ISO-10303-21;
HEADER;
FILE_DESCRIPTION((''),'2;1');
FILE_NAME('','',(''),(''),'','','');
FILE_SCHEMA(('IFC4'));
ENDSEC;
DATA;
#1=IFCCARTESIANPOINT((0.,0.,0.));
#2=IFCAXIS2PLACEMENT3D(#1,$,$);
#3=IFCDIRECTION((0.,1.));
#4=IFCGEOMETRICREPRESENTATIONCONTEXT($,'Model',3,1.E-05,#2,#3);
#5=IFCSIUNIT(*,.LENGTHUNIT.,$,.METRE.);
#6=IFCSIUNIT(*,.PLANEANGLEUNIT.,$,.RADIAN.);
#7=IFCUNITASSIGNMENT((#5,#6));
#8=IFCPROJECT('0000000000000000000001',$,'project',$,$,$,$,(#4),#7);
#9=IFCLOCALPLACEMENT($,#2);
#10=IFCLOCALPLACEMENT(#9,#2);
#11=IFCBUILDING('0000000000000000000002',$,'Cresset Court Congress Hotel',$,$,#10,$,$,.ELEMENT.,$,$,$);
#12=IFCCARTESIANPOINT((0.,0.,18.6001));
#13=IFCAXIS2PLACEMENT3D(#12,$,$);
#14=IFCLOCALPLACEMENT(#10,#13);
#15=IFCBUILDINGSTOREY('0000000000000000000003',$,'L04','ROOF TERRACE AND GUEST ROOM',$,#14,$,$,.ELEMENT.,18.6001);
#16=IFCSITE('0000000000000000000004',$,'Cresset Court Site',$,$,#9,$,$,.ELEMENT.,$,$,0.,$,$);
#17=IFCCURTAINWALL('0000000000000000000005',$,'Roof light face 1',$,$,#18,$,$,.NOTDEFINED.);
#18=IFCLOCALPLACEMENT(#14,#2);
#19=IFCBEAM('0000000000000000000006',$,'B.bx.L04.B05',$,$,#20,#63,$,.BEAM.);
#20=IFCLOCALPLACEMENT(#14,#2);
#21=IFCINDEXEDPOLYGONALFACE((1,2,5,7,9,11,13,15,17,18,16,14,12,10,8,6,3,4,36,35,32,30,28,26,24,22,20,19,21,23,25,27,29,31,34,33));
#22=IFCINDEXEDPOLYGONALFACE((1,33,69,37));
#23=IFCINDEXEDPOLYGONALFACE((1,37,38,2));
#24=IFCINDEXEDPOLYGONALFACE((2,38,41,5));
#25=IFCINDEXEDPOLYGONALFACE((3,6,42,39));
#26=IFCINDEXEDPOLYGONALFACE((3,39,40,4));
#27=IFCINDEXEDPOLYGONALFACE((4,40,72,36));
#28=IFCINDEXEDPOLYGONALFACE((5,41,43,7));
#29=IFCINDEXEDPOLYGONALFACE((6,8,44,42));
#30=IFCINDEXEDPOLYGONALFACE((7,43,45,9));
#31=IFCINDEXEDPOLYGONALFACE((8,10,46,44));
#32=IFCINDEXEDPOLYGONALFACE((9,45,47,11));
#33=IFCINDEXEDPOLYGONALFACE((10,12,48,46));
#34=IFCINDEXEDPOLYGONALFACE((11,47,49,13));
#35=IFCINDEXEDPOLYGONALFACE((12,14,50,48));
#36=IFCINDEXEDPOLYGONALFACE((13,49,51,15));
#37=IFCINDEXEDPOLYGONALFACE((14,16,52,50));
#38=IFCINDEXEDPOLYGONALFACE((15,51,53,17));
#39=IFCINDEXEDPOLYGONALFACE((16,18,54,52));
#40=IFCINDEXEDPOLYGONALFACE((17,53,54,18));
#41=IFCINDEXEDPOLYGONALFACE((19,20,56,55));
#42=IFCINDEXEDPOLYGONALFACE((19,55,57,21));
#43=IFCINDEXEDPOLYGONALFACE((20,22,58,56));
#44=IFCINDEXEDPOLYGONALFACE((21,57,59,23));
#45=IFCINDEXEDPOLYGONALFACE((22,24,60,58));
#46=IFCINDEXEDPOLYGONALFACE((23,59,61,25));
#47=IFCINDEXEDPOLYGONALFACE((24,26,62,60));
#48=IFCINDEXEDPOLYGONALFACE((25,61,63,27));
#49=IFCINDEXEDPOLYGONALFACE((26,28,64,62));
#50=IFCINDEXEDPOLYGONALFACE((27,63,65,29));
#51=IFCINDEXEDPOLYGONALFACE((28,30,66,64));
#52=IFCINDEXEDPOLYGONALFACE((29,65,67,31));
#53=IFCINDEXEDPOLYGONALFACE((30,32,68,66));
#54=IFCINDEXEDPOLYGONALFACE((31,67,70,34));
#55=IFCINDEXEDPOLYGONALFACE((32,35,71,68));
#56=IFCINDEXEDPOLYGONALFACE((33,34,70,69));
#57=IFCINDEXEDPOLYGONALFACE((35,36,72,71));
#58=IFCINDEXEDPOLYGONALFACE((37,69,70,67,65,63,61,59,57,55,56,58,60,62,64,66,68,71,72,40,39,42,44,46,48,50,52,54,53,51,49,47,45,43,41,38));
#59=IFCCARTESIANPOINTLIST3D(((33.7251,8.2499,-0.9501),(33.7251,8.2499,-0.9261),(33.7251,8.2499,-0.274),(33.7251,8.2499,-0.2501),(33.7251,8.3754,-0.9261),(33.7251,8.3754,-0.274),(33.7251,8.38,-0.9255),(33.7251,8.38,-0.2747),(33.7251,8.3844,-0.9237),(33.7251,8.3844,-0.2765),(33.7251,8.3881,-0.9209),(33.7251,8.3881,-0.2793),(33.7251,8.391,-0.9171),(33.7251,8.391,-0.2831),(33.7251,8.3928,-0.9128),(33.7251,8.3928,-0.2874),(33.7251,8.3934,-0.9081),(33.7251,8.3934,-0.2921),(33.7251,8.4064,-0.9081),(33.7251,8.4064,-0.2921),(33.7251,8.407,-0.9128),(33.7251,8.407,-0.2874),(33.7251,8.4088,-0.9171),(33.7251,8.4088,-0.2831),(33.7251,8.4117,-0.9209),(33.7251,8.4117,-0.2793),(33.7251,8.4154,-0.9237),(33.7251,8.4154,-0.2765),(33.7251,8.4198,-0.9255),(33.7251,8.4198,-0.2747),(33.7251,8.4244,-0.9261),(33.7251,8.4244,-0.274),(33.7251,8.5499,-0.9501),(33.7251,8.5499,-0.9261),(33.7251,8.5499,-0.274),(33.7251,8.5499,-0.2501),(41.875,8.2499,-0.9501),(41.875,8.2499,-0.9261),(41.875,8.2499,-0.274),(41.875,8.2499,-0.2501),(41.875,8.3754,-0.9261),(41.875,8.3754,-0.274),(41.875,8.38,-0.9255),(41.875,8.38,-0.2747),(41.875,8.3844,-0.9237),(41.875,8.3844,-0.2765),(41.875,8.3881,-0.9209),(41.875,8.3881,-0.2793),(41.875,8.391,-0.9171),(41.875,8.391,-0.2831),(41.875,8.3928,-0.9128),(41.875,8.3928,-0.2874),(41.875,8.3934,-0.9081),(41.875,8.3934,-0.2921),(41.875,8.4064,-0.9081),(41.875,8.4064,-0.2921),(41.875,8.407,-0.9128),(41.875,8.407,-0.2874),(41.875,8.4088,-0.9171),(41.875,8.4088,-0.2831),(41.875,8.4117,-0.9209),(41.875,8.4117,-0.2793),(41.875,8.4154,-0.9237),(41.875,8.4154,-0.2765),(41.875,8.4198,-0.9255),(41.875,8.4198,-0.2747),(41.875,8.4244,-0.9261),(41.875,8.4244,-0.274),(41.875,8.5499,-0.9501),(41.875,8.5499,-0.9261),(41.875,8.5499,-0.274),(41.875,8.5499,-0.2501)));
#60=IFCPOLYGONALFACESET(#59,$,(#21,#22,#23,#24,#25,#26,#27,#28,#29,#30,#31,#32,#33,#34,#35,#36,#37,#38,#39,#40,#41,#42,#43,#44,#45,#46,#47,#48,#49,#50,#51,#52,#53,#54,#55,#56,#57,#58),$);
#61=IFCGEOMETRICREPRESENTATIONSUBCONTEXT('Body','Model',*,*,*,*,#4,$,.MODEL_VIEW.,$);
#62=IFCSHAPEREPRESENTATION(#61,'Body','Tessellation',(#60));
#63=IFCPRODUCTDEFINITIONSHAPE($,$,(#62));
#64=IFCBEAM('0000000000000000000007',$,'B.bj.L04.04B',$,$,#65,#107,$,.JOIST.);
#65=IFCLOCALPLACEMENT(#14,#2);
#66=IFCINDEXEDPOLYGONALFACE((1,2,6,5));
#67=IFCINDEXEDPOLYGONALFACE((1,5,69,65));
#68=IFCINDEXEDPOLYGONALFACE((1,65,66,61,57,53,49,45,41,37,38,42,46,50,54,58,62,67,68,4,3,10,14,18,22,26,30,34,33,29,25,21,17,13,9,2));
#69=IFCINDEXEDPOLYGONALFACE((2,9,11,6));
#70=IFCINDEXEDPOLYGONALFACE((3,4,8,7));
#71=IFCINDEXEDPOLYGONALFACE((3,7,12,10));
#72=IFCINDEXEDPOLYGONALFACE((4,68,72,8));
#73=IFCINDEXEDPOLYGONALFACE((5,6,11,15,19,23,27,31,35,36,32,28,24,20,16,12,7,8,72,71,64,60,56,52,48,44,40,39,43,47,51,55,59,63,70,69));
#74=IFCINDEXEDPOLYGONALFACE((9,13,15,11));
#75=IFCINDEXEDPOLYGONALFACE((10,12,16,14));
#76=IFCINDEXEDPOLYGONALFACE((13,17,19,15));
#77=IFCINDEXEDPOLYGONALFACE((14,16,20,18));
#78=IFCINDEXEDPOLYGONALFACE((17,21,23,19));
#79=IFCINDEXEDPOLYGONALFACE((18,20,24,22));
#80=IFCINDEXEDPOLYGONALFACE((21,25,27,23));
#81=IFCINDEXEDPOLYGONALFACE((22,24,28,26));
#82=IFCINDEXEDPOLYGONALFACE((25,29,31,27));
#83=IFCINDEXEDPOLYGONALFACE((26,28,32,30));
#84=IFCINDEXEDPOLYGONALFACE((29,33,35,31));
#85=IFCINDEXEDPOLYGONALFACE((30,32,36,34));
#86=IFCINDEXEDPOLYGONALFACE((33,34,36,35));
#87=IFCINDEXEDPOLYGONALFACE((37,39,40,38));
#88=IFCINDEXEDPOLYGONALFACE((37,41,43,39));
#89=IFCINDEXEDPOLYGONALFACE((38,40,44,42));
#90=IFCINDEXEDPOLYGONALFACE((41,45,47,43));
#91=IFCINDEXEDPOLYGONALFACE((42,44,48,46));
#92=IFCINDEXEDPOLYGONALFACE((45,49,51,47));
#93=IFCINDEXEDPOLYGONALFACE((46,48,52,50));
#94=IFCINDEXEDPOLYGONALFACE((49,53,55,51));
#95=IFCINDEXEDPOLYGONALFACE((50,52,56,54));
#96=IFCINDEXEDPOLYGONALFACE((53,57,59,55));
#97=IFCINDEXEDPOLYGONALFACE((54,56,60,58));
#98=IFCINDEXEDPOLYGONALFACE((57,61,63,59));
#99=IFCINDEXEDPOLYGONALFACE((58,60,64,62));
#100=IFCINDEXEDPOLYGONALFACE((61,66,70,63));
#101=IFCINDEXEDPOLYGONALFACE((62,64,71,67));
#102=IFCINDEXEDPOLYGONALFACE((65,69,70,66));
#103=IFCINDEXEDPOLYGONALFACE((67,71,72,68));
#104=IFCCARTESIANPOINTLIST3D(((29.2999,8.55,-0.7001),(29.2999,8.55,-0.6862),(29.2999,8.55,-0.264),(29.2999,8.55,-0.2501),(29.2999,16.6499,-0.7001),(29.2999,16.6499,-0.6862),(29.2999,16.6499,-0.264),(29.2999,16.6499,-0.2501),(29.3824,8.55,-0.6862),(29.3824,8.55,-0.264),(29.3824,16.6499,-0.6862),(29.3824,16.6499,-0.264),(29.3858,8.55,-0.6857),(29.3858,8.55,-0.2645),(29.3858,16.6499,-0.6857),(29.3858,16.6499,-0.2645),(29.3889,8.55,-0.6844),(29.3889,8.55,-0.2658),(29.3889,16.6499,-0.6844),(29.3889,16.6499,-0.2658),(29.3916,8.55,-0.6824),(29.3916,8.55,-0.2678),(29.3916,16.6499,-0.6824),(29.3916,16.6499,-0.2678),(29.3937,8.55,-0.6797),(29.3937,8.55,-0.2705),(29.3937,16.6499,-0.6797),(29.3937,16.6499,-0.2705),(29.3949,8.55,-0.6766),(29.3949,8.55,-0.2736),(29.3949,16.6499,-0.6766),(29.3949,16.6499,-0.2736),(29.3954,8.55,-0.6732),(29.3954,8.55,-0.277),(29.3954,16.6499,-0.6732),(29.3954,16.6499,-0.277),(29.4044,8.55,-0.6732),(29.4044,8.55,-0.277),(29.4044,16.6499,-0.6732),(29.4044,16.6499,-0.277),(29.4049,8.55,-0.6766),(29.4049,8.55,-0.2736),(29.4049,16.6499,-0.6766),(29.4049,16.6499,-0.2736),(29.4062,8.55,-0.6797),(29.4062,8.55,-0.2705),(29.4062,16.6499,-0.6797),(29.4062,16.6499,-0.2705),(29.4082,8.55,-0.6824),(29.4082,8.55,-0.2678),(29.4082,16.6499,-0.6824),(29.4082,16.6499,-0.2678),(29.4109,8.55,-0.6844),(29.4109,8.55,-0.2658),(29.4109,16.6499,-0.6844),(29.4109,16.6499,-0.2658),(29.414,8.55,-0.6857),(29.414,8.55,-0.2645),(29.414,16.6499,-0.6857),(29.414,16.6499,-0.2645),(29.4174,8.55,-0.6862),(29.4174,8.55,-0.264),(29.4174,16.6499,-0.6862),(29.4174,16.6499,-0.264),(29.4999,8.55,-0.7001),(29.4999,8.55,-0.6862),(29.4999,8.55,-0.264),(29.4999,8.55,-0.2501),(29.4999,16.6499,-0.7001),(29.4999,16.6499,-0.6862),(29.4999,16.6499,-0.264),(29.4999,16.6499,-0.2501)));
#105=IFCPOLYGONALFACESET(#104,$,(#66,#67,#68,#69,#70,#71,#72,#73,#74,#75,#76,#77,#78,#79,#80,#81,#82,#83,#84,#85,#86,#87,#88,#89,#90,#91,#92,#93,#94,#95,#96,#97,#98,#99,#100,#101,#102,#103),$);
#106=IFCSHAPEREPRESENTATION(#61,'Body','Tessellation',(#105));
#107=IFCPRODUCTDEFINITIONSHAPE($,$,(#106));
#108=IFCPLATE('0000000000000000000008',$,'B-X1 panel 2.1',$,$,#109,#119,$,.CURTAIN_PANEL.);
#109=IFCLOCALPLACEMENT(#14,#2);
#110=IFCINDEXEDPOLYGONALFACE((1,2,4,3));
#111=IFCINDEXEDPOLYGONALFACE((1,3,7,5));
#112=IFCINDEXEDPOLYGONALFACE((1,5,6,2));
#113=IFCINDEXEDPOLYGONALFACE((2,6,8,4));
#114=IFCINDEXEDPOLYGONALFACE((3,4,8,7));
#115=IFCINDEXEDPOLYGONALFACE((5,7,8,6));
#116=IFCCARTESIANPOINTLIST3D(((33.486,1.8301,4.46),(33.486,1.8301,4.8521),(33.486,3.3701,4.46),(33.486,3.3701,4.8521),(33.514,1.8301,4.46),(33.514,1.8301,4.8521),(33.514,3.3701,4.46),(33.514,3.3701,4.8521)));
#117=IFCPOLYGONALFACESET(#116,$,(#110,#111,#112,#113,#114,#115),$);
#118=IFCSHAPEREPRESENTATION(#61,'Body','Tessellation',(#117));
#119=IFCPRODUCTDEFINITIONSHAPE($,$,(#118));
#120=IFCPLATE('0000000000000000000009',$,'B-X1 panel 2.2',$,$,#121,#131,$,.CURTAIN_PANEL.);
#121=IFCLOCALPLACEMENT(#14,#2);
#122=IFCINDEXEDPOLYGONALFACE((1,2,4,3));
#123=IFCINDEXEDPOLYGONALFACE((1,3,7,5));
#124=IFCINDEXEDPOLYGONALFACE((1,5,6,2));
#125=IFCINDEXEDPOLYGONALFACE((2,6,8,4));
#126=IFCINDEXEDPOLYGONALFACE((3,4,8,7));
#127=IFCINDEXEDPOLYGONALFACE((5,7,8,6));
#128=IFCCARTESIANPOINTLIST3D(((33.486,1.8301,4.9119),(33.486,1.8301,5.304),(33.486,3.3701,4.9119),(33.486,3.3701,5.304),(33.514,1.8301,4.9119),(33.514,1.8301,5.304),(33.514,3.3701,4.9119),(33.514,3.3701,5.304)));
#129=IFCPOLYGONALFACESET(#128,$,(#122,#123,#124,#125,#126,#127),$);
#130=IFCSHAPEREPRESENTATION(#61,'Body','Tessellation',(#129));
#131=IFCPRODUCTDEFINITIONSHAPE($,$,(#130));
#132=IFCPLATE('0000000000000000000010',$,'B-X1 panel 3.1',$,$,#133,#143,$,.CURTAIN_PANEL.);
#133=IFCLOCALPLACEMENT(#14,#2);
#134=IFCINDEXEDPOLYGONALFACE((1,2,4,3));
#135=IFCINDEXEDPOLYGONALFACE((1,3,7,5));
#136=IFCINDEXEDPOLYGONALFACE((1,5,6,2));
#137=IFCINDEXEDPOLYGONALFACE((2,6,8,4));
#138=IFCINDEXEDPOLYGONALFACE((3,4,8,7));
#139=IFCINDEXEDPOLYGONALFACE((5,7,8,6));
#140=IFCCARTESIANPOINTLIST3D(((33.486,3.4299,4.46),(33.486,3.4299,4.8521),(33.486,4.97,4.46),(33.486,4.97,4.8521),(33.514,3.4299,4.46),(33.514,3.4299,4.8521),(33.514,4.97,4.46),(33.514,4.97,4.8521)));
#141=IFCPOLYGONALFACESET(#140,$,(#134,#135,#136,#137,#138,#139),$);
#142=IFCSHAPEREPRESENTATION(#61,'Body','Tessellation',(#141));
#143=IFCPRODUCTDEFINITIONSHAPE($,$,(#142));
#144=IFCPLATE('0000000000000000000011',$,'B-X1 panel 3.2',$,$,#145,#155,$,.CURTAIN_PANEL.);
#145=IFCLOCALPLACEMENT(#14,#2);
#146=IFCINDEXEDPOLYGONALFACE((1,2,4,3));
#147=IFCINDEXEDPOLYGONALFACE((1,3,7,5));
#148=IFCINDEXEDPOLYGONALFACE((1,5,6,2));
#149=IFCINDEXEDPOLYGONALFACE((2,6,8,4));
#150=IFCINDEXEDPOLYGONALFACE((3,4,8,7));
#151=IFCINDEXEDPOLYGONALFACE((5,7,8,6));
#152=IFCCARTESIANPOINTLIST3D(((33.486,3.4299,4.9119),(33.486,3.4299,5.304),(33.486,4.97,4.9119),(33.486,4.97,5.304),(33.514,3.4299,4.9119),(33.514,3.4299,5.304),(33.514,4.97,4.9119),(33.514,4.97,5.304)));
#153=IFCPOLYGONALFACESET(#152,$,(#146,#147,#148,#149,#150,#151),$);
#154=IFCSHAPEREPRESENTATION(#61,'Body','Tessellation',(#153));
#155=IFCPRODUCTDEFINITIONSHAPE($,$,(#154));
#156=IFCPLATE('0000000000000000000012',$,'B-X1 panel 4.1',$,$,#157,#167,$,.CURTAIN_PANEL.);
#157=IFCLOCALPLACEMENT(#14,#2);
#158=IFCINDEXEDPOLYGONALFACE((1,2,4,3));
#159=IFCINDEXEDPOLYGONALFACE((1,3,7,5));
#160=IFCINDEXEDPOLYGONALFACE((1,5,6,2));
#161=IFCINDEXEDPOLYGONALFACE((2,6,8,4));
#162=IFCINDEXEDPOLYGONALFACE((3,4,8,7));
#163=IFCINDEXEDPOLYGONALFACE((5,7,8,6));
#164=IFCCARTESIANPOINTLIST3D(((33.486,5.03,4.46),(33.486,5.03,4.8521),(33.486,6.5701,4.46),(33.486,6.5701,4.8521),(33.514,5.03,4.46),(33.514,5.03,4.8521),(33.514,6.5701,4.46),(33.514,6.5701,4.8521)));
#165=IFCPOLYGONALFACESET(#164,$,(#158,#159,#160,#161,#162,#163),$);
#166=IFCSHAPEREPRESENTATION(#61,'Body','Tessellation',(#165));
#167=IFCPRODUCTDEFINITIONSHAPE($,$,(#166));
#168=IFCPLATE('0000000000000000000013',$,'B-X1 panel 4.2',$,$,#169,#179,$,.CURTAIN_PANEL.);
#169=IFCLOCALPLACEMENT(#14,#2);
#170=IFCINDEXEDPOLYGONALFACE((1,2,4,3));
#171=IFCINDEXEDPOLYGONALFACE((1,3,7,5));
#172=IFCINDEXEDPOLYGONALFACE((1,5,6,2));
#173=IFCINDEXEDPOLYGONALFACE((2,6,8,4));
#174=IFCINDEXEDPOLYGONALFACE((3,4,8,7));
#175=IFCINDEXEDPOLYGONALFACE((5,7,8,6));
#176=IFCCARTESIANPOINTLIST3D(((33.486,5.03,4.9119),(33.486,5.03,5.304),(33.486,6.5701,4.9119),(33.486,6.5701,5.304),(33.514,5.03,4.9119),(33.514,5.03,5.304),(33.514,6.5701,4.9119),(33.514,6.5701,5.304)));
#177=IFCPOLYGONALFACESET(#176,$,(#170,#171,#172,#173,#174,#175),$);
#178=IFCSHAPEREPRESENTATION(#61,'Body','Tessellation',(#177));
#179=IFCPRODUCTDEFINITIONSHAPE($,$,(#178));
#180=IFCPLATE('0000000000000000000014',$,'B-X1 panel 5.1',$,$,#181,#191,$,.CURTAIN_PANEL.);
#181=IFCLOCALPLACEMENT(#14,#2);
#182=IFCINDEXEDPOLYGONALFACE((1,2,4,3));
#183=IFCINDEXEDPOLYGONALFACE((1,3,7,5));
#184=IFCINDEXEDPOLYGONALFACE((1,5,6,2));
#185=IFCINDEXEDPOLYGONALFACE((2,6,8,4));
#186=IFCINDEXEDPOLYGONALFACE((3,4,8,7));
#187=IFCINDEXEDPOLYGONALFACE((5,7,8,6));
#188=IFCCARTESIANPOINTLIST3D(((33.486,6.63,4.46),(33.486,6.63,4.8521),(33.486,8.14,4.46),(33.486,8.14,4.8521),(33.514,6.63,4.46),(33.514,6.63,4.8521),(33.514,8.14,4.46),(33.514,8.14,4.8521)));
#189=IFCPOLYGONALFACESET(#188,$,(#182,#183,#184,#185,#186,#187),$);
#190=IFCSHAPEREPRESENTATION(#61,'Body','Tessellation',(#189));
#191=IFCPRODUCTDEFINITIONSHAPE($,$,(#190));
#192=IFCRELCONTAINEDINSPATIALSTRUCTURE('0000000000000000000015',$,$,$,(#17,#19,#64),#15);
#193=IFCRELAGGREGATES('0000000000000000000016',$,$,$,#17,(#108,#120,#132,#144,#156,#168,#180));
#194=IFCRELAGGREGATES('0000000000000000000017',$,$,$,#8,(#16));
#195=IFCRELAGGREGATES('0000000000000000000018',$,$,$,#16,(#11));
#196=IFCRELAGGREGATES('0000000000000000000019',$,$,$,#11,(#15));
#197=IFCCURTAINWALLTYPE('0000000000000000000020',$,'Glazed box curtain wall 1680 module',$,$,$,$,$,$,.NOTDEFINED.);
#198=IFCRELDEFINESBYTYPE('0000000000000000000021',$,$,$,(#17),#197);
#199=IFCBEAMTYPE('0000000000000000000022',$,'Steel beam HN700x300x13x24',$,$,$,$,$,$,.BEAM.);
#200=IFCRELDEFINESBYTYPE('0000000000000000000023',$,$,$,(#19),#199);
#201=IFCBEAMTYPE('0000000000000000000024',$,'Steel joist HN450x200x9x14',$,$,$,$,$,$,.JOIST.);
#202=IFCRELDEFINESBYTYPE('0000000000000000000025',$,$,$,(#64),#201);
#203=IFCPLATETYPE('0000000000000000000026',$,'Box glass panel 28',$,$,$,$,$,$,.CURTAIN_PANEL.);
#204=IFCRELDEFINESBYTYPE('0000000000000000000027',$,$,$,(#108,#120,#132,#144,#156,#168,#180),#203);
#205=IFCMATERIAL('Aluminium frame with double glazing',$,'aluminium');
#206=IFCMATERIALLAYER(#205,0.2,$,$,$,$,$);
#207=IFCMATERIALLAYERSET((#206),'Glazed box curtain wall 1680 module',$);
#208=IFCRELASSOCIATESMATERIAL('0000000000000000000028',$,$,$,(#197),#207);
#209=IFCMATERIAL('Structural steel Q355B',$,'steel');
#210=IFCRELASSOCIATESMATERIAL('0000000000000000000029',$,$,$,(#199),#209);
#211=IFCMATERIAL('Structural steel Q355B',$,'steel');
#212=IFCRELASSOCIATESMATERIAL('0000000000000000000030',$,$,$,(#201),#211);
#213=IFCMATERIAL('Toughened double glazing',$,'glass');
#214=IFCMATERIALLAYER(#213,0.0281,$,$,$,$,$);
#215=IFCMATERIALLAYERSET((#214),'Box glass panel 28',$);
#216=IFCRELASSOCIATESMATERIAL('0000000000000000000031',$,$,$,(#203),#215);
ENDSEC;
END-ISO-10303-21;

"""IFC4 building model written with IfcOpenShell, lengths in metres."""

from ifc_helpers import new_model, si_unit, direction, frame, origin, origin_2d, place, context, subcontext, project, spatial, rectangle, i_section, extrude, material, layer, layer_set, material_profile, profile_set, type_object, element, aggregate, save


model = new_model("IFC4")

# Units and contexts
model_context = context("Model", 3, precision=1e-05, world=origin(), true_north=direction((0.0, 1.0)))
body_context = subcontext(model_context, "Body", "Model", "MODEL_VIEW")
ifc_project = project(units=[si_unit("LENGTHUNIT", "METRE"), si_unit("PLANEANGLEUNIT", "RADIAN")], contexts=[model_context])

# Site, building, storey
site_placement = place(None, origin())
site = spatial("IfcSite", under=ifc_project, at=site_placement, Name="Cresset Court Site", CompositionType="ELEMENT", RefElevation=0.0)
building_placement = place(site_placement, origin())
building = spatial("IfcBuilding", under=site, at=building_placement, Name="Cresset Court Congress Hotel", CompositionType="ELEMENT")
storey_placement = place(building_placement, frame((0.0, 0.0, 18.6001)))
storey = spatial("IfcBuildingStorey", under=building, at=storey_placement, Name="L04", Description="ROOF TERRACE AND GUEST ROOM", CompositionType="ELEMENT", Elevation=18.6001)

# Curtain wall
ifc_material_1 = material(Name="Aluminium frame with double glazing", Category="aluminium")
ifc_layer_1 = layer(ifc_material_1, 0.2)
ifc_layer_set_1 = layer_set([ifc_layer_1], Name="Glazed box curtain wall 1680 module")
curtain_wall_type = type_object("IfcCurtainWallType", Name="Glazed box curtain wall 1680 module", PredefinedType="NOTDEFINED", material=ifc_layer_set_1)
curtain_wall_placement = place(storey_placement, origin())
curtain_wall = element("IfcCurtainWall", 1, at=curtain_wall_placement, inside=storey, type_object=curtain_wall_type, Name="Roof light face 1", PredefinedType="NOTDEFINED")

# Beams
ifc_material_2 = material(Name="Structural steel Q355B", Category="steel")
ifc_material_profile_1 = material_profile(ifc_material_2, i_section(OverallWidth=0.3, OverallDepth=0.7, WebThickness=0.0129, FlangeThickness=0.0239, FilletRadius=0.0181, at=origin_2d()), Name="HN700x300x13x24")
ifc_profile_set_1 = profile_set([ifc_material_profile_1], Name="Structural steel Q355B")
beam_type_1 = type_object("IfcBeamType", Name="Steel beam HN700x300x13x24", PredefinedType="BEAM", material=ifc_profile_set_1)
beam_1_placement = place(storey_placement, frame((33.7251, 8.3999, -0.6001), z_axis=(1.0, 0.0, 0.0), x_axis=(0.0, 1.0, 0.0)))
element("IfcBeam", 2, at=beam_1_placement, inside=storey, type_object=beam_type_1, Name="B.bx.L04.B05", PredefinedType="BEAM", context=body_context, shape_type="SweptSolid", body=[
    extrude(i_section(OverallWidth=0.3, OverallDepth=0.7, WebThickness=0.0129, FlangeThickness=0.0239, FilletRadius=0.0181, at=origin_2d()), origin(), (0.0, 0.0, 1.0), 8.1499),
])
ifc_material_3 = material(Name="Structural steel Q355B", Category="steel")
ifc_material_profile_2 = material_profile(ifc_material_3, i_section(OverallWidth=0.2, OverallDepth=0.45, WebThickness=0.009, FlangeThickness=0.0139, FilletRadius=0.0129, at=origin_2d()), Name="HN450x200x9x14")
ifc_profile_set_2 = profile_set([ifc_material_profile_2], Name="Structural steel Q355B")
beam_type_2 = type_object("IfcBeamType", Name="Steel joist HN450x200x9x14", PredefinedType="JOIST", material=ifc_profile_set_2)
beam_2_placement = place(storey_placement, frame((29.3999, 8.55, -0.4751), z_axis=(0.0, 1.0, 0.0), x_axis=(-1.0, 0.0, 0.0)))
element("IfcBeam", 3, at=beam_2_placement, inside=storey, type_object=beam_type_2, Name="B.bj.L04.04B", PredefinedType="JOIST", context=body_context, shape_type="SweptSolid", body=[
    extrude(i_section(OverallWidth=0.2, OverallDepth=0.45, WebThickness=0.009, FlangeThickness=0.0139, FilletRadius=0.0129, at=origin_2d()), origin(), (0.0, 0.0, 1.0), 8.0999),
])

# Plates
ifc_material_4 = material(Name="Toughened double glazing", Category="glass")
ifc_layer_2 = layer(ifc_material_4, 0.0281)
ifc_layer_set_2 = layer_set([ifc_layer_2], Name="Box glass panel 28")
plate_type_1 = type_object("IfcPlateType", Name="Box glass panel 28", PredefinedType="CURTAIN_PANEL", material=ifc_layer_set_2)
plate_1_placement = place(storey_placement, frame((33.5, 2.6001, 4.46), z_axis=(0.0, 0.0, 1.0), x_axis=(0.0, 1.0, 0.0)))
plate_1 = element("IfcPlate", 4, at=plate_1_placement, type_object=plate_type_1, Name="B-X1 panel 2.1", PredefinedType="CURTAIN_PANEL", context=body_context, shape_type="SweptSolid", body=[
    extrude(rectangle(XDim=1.54, YDim=0.0281, at=origin_2d()), origin(), (0.0, 0.0, 1.0), 0.3921),
])
plate_2_placement = place(storey_placement, frame((33.5, 2.6001, 4.9119), z_axis=(0.0, 0.0, 1.0), x_axis=(0.0, 1.0, 0.0)))
plate_2 = element("IfcPlate", 5, at=plate_2_placement, type_object=plate_type_1, Name="B-X1 panel 2.2", PredefinedType="CURTAIN_PANEL", context=body_context, shape_type="SweptSolid", body=[
    extrude(rectangle(XDim=1.54, YDim=0.0281, at=origin_2d()), origin(), (0.0, 0.0, 1.0), 0.3921),
])
plate_3_placement = place(storey_placement, frame((33.5, 4.2, 4.46), z_axis=(0.0, 0.0, 1.0), x_axis=(0.0, 1.0, 0.0)))
plate_3 = element("IfcPlate", 6, at=plate_3_placement, type_object=plate_type_1, Name="B-X1 panel 3.1", PredefinedType="CURTAIN_PANEL", context=body_context, shape_type="SweptSolid", body=[
    extrude(rectangle(XDim=1.54, YDim=0.0281, at=origin_2d()), origin(), (0.0, 0.0, 1.0), 0.3921),
])
plate_4_placement = place(storey_placement, frame((33.5, 4.2, 4.9119), z_axis=(0.0, 0.0, 1.0), x_axis=(0.0, 1.0, 0.0)))
plate_4 = element("IfcPlate", 7, at=plate_4_placement, type_object=plate_type_1, Name="B-X1 panel 3.2", PredefinedType="CURTAIN_PANEL", context=body_context, shape_type="SweptSolid", body=[
    extrude(rectangle(XDim=1.54, YDim=0.0281, at=origin_2d()), origin(), (0.0, 0.0, 1.0), 0.3921),
])
plate_5_placement = place(storey_placement, frame((33.5, 5.8, 4.46), z_axis=(0.0, 0.0, 1.0), x_axis=(0.0, 1.0, 0.0)))
plate_5 = element("IfcPlate", 8, at=plate_5_placement, type_object=plate_type_1, Name="B-X1 panel 4.1", PredefinedType="CURTAIN_PANEL", context=body_context, shape_type="SweptSolid", body=[
    extrude(rectangle(XDim=1.54, YDim=0.0281, at=origin_2d()), origin(), (0.0, 0.0, 1.0), 0.3921),
])
plate_6_placement = place(storey_placement, frame((33.5, 5.8, 4.9119), z_axis=(0.0, 0.0, 1.0), x_axis=(0.0, 1.0, 0.0)))
plate_6 = element("IfcPlate", 9, at=plate_6_placement, type_object=plate_type_1, Name="B-X1 panel 4.2", PredefinedType="CURTAIN_PANEL", context=body_context, shape_type="SweptSolid", body=[
    extrude(rectangle(XDim=1.54, YDim=0.0281, at=origin_2d()), origin(), (0.0, 0.0, 1.0), 0.3921),
])
plate_7_placement = place(storey_placement, frame((33.5, 7.385, 4.46), z_axis=(0.0, 0.0, 1.0), x_axis=(0.0, 1.0, 0.0)))
plate_7 = element("IfcPlate", 10, at=plate_7_placement, type_object=plate_type_1, Name="B-X1 panel 5.1", PredefinedType="CURTAIN_PANEL", context=body_context, shape_type="SweptSolid", body=[
    extrude(rectangle(XDim=1.51, YDim=0.0281, at=origin_2d()), origin(), (0.0, 0.0, 1.0), 0.3921),
])
aggregate(curtain_wall, [plate_1, plate_2, plate_3, plate_4, plate_5, plate_6, plate_7])

save(model, "model.ifc")
